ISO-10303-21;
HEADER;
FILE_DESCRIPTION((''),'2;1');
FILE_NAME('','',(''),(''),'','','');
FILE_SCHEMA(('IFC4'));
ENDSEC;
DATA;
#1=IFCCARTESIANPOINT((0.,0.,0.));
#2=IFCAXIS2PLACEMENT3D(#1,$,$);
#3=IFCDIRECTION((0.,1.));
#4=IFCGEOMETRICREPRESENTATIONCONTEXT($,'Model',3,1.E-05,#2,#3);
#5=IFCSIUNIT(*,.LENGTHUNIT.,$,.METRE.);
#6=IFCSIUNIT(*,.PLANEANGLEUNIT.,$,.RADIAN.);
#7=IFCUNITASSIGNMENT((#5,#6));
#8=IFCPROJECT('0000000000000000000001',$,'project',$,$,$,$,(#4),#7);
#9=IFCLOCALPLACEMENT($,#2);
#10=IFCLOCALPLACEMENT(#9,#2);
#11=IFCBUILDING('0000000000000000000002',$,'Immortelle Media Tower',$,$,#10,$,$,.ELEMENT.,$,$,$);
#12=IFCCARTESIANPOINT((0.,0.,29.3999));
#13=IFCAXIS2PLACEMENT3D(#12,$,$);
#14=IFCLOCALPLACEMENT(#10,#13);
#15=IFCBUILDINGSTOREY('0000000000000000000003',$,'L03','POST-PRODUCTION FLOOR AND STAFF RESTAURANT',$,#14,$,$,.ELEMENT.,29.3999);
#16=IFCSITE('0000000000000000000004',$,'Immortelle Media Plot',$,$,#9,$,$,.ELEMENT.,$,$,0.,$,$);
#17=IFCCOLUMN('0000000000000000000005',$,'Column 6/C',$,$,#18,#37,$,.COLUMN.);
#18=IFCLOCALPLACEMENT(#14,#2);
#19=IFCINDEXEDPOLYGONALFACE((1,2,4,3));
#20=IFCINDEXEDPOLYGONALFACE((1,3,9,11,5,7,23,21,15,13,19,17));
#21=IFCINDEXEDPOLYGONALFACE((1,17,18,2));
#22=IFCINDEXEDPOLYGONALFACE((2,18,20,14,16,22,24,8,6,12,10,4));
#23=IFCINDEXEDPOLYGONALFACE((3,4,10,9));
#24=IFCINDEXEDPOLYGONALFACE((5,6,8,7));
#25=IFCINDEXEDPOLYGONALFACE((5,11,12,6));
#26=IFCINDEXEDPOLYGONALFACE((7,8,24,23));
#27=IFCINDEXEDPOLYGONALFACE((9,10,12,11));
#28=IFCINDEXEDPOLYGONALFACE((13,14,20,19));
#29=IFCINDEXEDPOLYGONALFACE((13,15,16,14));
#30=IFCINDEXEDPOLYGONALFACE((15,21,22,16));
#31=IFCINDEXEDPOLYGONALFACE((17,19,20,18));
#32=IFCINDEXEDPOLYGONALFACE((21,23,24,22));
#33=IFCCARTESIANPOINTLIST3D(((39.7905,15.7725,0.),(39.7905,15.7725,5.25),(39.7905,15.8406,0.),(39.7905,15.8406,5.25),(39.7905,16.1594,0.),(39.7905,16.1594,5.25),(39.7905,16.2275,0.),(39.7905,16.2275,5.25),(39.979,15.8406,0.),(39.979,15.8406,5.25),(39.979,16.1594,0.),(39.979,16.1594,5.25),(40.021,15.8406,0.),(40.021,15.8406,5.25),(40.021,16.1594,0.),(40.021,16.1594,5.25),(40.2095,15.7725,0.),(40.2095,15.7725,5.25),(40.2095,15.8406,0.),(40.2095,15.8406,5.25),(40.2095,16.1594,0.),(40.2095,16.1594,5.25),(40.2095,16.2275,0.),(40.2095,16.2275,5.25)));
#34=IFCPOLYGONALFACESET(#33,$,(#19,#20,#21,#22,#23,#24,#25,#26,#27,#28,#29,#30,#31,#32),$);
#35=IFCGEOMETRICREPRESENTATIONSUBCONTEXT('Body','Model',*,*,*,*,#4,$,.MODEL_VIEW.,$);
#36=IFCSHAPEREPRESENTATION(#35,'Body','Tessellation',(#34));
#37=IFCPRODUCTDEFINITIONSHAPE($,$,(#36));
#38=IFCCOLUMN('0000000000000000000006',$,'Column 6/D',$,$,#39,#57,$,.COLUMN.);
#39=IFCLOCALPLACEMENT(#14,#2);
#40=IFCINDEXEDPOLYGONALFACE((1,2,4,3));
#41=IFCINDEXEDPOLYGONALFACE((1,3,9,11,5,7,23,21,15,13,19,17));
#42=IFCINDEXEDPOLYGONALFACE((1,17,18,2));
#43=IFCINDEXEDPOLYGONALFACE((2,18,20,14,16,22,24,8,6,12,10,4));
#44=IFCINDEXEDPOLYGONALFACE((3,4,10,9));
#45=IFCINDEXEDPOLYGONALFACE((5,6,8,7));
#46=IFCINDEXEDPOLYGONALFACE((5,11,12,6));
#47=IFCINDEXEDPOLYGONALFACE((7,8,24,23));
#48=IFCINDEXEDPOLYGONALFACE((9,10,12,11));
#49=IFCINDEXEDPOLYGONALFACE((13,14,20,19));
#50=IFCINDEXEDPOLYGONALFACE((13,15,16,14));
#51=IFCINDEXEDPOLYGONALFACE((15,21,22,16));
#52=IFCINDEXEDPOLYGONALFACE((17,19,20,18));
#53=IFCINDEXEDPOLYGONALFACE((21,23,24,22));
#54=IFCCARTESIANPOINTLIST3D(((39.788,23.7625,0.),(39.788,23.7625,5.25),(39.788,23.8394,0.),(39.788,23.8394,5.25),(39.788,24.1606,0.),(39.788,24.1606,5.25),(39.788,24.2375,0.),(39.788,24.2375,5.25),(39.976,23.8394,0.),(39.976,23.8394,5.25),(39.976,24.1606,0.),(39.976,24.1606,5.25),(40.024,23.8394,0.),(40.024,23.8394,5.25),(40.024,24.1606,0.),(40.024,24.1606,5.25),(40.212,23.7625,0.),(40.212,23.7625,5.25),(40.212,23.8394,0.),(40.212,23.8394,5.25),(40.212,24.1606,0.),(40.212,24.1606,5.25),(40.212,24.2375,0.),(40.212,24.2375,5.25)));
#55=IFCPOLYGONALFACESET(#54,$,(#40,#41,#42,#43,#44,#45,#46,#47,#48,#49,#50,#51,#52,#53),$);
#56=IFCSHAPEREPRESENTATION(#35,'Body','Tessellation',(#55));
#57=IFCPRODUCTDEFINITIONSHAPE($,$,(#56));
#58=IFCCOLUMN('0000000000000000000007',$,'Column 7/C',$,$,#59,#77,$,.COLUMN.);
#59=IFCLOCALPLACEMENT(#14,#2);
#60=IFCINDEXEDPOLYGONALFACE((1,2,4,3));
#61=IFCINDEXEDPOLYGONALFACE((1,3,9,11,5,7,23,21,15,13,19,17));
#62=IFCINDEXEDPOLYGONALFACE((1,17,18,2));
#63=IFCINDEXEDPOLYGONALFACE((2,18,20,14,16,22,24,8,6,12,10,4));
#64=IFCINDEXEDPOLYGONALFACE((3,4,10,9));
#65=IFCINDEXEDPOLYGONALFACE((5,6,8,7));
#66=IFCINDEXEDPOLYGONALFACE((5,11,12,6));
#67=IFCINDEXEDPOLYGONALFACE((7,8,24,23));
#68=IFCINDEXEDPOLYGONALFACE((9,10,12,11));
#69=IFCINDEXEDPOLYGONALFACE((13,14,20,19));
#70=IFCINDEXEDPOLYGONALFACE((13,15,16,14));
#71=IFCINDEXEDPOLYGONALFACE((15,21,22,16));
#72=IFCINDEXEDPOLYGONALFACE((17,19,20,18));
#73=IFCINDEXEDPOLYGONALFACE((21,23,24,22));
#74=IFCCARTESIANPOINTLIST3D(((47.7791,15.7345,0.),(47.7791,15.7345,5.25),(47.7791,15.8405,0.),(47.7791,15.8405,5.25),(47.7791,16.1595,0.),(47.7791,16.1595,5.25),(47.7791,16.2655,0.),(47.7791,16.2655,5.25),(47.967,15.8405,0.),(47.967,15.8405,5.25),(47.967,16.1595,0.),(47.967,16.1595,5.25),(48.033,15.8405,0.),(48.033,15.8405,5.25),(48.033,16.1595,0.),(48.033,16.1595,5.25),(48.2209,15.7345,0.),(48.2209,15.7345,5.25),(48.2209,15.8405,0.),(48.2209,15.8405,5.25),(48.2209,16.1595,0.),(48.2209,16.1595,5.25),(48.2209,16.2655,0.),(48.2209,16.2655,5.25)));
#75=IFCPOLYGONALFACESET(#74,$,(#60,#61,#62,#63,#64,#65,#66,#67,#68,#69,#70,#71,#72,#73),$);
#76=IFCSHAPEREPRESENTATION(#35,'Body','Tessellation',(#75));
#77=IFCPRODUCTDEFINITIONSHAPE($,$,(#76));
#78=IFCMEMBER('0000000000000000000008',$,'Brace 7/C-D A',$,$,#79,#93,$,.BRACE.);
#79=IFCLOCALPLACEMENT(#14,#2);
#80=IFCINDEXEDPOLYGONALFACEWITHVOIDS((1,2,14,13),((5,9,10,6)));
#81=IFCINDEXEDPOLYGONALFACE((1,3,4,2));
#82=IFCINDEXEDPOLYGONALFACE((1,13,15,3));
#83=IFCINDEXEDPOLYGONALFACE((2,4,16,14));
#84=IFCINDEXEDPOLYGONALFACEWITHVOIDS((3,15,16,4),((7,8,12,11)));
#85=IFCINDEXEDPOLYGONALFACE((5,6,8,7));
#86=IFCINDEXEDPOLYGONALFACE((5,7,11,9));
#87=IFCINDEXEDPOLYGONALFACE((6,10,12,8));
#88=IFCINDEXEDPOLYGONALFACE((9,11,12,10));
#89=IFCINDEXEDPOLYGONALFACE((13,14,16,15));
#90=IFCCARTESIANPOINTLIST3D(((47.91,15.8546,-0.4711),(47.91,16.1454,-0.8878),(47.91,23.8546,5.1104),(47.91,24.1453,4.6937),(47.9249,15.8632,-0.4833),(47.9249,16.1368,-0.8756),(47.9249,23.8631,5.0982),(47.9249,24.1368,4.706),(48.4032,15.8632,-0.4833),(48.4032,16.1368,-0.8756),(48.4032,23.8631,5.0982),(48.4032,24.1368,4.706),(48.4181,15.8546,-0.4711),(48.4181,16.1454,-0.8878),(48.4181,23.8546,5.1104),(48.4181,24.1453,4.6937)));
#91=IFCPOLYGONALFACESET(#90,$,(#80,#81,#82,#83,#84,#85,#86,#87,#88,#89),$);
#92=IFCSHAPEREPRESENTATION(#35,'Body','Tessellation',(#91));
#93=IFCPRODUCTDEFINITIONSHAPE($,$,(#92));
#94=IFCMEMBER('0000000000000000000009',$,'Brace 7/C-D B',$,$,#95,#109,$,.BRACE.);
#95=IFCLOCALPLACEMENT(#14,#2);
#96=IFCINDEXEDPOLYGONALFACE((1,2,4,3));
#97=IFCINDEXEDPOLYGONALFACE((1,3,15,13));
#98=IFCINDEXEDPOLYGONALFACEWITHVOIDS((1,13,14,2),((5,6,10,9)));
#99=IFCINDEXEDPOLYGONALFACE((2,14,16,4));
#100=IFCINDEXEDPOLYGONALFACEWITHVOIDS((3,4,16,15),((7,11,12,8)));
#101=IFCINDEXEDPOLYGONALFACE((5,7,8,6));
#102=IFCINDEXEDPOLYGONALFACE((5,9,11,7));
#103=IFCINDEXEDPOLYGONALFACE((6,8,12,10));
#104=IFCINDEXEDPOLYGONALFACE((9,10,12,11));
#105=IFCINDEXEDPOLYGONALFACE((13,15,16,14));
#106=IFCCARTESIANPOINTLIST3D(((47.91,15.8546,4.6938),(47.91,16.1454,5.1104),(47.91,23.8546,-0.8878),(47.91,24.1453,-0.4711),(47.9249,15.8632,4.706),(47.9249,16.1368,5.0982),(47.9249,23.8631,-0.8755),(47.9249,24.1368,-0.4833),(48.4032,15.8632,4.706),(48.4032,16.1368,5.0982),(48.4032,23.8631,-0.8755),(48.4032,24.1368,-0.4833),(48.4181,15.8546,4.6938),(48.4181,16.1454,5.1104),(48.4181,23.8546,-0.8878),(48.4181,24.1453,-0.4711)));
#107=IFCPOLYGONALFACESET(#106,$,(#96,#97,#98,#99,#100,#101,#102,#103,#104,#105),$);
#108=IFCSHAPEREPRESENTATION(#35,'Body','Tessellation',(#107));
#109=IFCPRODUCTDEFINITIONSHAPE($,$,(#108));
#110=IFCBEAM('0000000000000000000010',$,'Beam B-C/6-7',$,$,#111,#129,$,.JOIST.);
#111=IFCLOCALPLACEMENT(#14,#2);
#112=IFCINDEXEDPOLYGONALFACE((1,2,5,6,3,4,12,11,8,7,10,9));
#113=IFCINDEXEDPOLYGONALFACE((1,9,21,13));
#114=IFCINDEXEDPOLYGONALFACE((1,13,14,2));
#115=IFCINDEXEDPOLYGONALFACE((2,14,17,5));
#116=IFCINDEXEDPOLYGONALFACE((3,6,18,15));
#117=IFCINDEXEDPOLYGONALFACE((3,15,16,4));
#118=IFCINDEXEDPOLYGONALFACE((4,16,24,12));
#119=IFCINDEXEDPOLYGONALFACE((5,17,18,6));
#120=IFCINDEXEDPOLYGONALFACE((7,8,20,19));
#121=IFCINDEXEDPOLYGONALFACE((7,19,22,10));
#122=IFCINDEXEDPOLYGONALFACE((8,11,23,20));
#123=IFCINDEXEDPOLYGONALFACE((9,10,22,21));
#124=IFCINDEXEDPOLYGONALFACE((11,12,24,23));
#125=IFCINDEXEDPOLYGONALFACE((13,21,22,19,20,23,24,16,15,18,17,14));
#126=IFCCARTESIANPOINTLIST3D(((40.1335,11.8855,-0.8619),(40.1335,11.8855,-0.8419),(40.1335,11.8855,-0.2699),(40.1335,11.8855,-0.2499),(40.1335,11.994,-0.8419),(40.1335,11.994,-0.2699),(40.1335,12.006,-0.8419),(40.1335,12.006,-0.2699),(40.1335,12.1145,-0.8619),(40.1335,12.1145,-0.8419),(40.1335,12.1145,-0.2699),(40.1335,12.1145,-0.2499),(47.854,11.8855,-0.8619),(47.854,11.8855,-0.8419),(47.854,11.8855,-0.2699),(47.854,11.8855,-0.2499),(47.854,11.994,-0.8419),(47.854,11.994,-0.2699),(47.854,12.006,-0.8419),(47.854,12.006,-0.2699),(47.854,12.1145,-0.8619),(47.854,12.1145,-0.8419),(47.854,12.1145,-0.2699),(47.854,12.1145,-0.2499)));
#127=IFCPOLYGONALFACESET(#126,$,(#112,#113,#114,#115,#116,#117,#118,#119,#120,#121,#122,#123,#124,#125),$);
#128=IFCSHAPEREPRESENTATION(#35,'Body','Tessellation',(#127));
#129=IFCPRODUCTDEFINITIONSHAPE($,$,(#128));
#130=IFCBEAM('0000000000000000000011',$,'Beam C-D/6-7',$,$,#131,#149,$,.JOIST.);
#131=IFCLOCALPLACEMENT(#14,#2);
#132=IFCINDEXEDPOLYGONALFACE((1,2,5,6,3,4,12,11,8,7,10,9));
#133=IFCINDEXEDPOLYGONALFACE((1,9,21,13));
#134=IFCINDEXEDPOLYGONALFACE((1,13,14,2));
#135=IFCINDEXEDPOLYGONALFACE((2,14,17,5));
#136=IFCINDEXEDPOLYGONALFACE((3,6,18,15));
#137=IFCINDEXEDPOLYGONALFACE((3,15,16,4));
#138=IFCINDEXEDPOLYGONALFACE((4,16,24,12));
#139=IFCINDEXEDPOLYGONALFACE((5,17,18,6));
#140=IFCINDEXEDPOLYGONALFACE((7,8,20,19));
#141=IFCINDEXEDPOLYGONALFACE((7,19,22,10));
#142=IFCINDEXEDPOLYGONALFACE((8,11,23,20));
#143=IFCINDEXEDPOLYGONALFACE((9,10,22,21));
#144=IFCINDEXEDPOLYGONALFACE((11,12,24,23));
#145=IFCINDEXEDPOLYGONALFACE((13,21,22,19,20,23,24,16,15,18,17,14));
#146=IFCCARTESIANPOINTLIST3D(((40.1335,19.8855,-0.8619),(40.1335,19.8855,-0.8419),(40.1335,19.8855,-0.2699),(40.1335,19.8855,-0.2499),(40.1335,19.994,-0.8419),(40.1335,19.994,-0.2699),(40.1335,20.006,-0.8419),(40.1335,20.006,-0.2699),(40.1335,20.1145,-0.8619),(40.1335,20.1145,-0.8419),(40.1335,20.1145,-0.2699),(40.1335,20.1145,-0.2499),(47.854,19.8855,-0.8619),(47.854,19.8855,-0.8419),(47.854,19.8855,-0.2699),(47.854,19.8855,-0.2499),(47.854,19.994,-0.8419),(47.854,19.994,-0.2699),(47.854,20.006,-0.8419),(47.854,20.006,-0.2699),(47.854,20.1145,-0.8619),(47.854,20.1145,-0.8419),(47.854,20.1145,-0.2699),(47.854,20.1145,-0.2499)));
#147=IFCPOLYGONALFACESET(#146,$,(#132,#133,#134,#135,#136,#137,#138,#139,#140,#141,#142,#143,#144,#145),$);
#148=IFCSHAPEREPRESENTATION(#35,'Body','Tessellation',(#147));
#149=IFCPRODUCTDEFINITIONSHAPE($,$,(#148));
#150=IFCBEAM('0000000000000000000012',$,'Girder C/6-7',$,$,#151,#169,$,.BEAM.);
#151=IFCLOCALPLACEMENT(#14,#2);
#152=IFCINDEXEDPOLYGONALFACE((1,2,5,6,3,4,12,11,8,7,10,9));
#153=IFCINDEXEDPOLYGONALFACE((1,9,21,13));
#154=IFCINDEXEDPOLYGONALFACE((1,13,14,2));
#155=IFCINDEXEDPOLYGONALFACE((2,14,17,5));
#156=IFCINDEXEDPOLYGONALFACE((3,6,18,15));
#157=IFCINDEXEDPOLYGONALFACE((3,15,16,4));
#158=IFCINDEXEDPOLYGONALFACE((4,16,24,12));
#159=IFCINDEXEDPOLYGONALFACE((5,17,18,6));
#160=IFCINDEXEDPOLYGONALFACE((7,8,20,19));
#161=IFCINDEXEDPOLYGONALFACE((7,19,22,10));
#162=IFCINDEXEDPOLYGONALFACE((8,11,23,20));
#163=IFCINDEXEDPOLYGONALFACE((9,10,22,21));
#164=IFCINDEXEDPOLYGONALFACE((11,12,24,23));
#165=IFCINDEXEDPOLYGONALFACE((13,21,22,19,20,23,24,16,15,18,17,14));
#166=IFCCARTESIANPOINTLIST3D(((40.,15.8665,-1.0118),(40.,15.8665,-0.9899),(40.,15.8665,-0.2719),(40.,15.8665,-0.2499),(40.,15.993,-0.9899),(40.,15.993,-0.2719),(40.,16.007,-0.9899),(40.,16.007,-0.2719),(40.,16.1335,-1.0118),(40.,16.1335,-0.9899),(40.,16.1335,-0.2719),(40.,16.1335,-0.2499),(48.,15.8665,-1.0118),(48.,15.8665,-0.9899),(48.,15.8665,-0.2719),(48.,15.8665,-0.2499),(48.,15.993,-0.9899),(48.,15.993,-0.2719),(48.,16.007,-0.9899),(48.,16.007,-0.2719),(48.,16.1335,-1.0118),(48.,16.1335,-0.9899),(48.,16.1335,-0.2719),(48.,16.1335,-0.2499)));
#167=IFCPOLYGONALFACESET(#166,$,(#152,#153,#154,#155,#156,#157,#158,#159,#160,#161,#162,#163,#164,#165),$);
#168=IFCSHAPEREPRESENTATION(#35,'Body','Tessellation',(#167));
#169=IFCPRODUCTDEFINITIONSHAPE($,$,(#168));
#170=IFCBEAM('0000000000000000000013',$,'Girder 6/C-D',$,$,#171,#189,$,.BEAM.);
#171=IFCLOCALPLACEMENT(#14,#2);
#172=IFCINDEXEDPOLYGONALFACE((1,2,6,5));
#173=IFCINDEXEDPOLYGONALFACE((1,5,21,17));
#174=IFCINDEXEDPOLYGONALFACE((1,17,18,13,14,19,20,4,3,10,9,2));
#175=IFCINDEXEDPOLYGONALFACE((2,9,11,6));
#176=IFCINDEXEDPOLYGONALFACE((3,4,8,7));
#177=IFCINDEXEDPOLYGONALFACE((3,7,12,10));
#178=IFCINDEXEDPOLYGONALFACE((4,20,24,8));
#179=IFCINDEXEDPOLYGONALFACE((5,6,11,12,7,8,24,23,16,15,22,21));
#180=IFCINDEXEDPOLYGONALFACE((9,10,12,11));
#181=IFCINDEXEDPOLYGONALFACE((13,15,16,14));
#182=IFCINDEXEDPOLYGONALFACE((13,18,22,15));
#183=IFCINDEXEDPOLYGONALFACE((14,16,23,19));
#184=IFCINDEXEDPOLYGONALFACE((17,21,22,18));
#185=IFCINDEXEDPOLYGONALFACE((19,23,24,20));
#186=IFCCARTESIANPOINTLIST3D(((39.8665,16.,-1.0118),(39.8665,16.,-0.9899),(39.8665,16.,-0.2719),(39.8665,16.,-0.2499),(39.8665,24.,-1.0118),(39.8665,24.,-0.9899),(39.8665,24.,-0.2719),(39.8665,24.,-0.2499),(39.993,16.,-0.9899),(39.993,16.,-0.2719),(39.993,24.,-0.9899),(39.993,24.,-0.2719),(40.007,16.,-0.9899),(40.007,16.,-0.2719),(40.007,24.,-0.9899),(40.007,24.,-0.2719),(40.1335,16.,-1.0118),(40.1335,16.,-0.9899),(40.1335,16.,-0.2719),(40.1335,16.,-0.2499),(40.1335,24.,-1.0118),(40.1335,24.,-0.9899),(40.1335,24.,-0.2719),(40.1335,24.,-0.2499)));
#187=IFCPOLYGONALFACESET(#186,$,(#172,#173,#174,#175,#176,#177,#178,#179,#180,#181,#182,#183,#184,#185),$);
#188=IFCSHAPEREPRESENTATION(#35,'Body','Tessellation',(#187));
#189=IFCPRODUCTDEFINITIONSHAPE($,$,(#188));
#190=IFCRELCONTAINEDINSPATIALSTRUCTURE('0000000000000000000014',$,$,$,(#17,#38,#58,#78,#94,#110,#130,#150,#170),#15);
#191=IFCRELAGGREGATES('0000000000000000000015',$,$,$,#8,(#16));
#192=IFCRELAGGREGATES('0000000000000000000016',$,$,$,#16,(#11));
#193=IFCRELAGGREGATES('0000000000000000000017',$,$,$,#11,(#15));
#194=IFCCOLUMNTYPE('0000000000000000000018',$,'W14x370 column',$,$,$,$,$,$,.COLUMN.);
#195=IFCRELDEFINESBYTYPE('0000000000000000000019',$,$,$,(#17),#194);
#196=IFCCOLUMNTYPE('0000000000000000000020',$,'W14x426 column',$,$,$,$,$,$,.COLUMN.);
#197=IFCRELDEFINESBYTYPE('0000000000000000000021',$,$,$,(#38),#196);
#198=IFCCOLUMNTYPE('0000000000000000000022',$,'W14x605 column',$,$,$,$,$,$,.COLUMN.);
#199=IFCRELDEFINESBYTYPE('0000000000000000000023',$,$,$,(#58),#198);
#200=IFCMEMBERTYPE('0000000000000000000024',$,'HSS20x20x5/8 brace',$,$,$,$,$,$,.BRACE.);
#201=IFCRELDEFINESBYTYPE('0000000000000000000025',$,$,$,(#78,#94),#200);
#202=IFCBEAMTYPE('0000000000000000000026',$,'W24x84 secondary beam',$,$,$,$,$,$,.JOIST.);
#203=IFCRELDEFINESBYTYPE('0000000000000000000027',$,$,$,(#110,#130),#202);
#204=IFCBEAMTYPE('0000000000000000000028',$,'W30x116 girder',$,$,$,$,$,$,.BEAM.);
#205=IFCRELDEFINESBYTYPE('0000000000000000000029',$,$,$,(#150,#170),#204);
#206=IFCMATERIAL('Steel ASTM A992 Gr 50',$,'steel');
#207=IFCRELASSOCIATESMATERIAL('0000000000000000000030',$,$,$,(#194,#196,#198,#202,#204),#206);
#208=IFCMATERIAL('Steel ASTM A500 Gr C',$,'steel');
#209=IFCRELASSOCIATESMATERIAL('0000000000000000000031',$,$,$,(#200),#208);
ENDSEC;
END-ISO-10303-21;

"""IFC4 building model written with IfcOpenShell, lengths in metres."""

from ifc_helpers import new_model, si_unit, direction, frame, origin, origin_2d, place, context, subcontext, project, spatial, hollow_rectangle, i_section, extrude, material, material_profile, profile_set, type_object, element, save


model = new_model("IFC4")

# Units and contexts
model_context = context("Model", 3, precision=1e-05, world=origin(), true_north=direction((0.0, 1.0)))
body_context = subcontext(model_context, "Body", "Model", "MODEL_VIEW")
ifc_project = project(units=[si_unit("LENGTHUNIT", "METRE"), si_unit("PLANEANGLEUNIT", "RADIAN")], contexts=[model_context])

# Site, building, storey
site_placement = place(None, origin())
site = spatial("IfcSite", under=ifc_project, at=site_placement, Name="Immortelle Media Plot", CompositionType="ELEMENT", RefElevation=0.0)
building_placement = place(site_placement, origin())
building = spatial("IfcBuilding", under=site, at=building_placement, Name="Immortelle Media Tower", CompositionType="ELEMENT")
storey_placement = place(building_placement, frame((0.0, 0.0, 29.3999)))
storey = spatial("IfcBuildingStorey", under=building, at=storey_placement, Name="L03", Description="POST-PRODUCTION FLOOR AND STAFF RESTAURANT", CompositionType="ELEMENT", Elevation=29.3999)

# Columns
ifc_material_1 = material(Name="Steel ASTM A992 Gr 50", Category="steel")
ifc_material_profile_1 = material_profile(ifc_material_1, i_section(OverallWidth=0.4189, OverallDepth=0.4551, WebThickness=0.042, FlangeThickness=0.0681, at=origin_2d()), Name="W14x370")
ifc_profile_set_1 = profile_set([ifc_material_profile_1], Name="Steel ASTM A992 Gr 50")
column_type_1 = type_object("IfcColumnType", Name="W14x370 column", PredefinedType="COLUMN", material=ifc_profile_set_1)
column_1_placement = place(storey_placement, frame((40.0, 16.0, 0.0), z_axis=(0.0, 0.0, 1.0), x_axis=(1.0, 0.0, 0.0)))
element("IfcColumn", 1, at=column_1_placement, inside=storey, type_object=column_type_1, Name="Column 6/C", PredefinedType="COLUMN", context=body_context, shape_type="SweptSolid", body=[
    extrude(i_section(OverallWidth=0.4189, OverallDepth=0.4551, WebThickness=0.042, FlangeThickness=0.0681, at=origin_2d()), origin(), (0.0, 0.0, 1.0), 5.25),
])
ifc_material_profile_2 = material_profile(ifc_material_1, i_section(OverallWidth=0.4241, OverallDepth=0.4751, WebThickness=0.0481, FlangeThickness=0.0769, at=origin_2d()), Name="W14x426")
ifc_profile_set_2 = profile_set([ifc_material_profile_2], Name="Steel ASTM A992 Gr 50")
column_type_2 = type_object("IfcColumnType", Name="W14x426 column", PredefinedType="COLUMN", material=ifc_profile_set_2)
column_2_placement = place(storey_placement, frame((40.0, 24.0, 0.0), z_axis=(0.0, 0.0, 1.0), x_axis=(1.0, 0.0, 0.0)))
element("IfcColumn", 2, at=column_2_placement, inside=storey, type_object=column_type_2, Name="Column 6/D", PredefinedType="COLUMN", context=body_context, shape_type="SweptSolid", body=[
    extrude(i_section(OverallWidth=0.4241, OverallDepth=0.4751, WebThickness=0.0481, FlangeThickness=0.0769, at=origin_2d()), origin(), (0.0, 0.0, 1.0), 5.25),
])
ifc_material_profile_3 = material_profile(ifc_material_1, i_section(OverallWidth=0.4419, OverallDepth=0.531, WebThickness=0.0659, FlangeThickness=0.106, at=origin_2d()), Name="W14x605")
ifc_profile_set_3 = profile_set([ifc_material_profile_3], Name="Steel ASTM A992 Gr 50")
column_type_3 = type_object("IfcColumnType", Name="W14x605 column", PredefinedType="COLUMN", material=ifc_profile_set_3)
column_3_placement = place(storey_placement, frame((48.0, 16.0, 0.0), z_axis=(0.0, 0.0, 1.0), x_axis=(1.0, 0.0, 0.0)))
element("IfcColumn", 3, at=column_3_placement, inside=storey, type_object=column_type_3, Name="Column 7/C", PredefinedType="COLUMN", context=body_context, shape_type="SweptSolid", body=[
    extrude(i_section(OverallWidth=0.4419, OverallDepth=0.531, WebThickness=0.0659, FlangeThickness=0.106, at=origin_2d()), origin(), (0.0, 0.0, 1.0), 5.25),
])

# Members
ifc_material_2 = material(Name="Steel ASTM A500 Gr C", Category="steel")
ifc_material_profile_4 = material_profile(ifc_material_2, hollow_rectangle(XDim=0.5081, YDim=0.5081, WallThickness=0.0149, at=origin_2d()), Name="HSS20x20x5/8 brace")
ifc_profile_set_4 = profile_set([ifc_material_profile_4], Name="Steel ASTM A500 Gr C")
member_type = type_object("IfcMemberType", Name="HSS20x20x5/8 brace", PredefinedType="BRACE", material=ifc_profile_set_4)
for number, where, z_axis, x_axis, name in (
    (4, (48.1641, 16.0, -0.6794), (0.0, 0.82012, 0.572192), (-1.0, 0.0, 0.0), "Brace 7/C-D A"),
    (5, (48.1641, 16.0, 4.9021), (0.0, 0.82012, -0.572192), (-1.0, 0.0, 0.0), "Brace 7/C-D B"),
):
    element("IfcMember", number, at=place(storey_placement, frame(where, z_axis=z_axis, x_axis=x_axis)), inside=storey, type_object=member_type, Name=name, PredefinedType="BRACE", context=body_context, shape_type="SweptSolid", body=[
        extrude(hollow_rectangle(XDim=0.5081, YDim=0.5081, WallThickness=0.0149, at=origin_2d()), origin(), (0.0, 0.0, 1.0), 9.7546),
    ])

# Beams
ifc_material_profile_5 = material_profile(ifc_material_1, i_section(OverallWidth=0.229, OverallDepth=0.6121, WebThickness=0.012, FlangeThickness=0.02, at=origin_2d()), Name="W24x84")
ifc_profile_set_5 = profile_set([ifc_material_profile_5], Name="Steel ASTM A992 Gr 50")
beam_type_1 = type_object("IfcBeamType", Name="W24x84 secondary beam", PredefinedType="JOIST", material=ifc_profile_set_5)
for number, where, z_axis, x_axis, name in (
    (6, (40.1335, 12.0, -0.5559), (1.0, 0.0, 0.0), (0.0, 1.0, 0.0), "Beam B-C/6-7"),
    (7, (40.1335, 20.0, -0.5559), (1.0, 0.0, 0.0), (0.0, 1.0, 0.0), "Beam C-D/6-7"),
):
    element("IfcBeam", number, at=place(storey_placement, frame(where, z_axis=z_axis, x_axis=x_axis)), inside=storey, type_object=beam_type_1, Name=name, PredefinedType="JOIST", context=body_context, shape_type="SweptSolid", body=[
        extrude(i_section(OverallWidth=0.229, OverallDepth=0.6121, WebThickness=0.012, FlangeThickness=0.02, at=origin_2d()), origin(), (0.0, 0.0, 1.0), 7.7205),
    ])
ifc_material_profile_6 = material_profile(ifc_material_1, i_section(OverallWidth=0.2671, OverallDepth=0.762, WebThickness=0.0139, FlangeThickness=0.022, at=origin_2d()), Name="W30x116")
ifc_profile_set_6 = profile_set([ifc_material_profile_6], Name="Steel ASTM A992 Gr 50")
beam_type_2 = type_object("IfcBeamType", Name="W30x116 girder", PredefinedType="BEAM", material=ifc_profile_set_6)
for number, where, z_axis, x_axis, name in (
    (8, (40.0, 16.0, -0.6309), (1.0, 0.0, 0.0), (0.0, 1.0, 0.0), "Girder C/6-7"),
    (9, (40.0, 16.0, -0.6309), (0.0, 1.0, 0.0), (-1.0, 0.0, 0.0), "Girder 6/C-D"),
):
    element("IfcBeam", number, at=place(storey_placement, frame(where, z_axis=z_axis, x_axis=x_axis)), inside=storey, type_object=beam_type_2, Name=name, PredefinedType="BEAM", context=body_context, shape_type="SweptSolid", body=[
        extrude(i_section(OverallWidth=0.2671, OverallDepth=0.762, WebThickness=0.0139, FlangeThickness=0.022, at=origin_2d()), origin(), (0.0, 0.0, 1.0), 8.0),
    ])

save(model, "model.ifc")
